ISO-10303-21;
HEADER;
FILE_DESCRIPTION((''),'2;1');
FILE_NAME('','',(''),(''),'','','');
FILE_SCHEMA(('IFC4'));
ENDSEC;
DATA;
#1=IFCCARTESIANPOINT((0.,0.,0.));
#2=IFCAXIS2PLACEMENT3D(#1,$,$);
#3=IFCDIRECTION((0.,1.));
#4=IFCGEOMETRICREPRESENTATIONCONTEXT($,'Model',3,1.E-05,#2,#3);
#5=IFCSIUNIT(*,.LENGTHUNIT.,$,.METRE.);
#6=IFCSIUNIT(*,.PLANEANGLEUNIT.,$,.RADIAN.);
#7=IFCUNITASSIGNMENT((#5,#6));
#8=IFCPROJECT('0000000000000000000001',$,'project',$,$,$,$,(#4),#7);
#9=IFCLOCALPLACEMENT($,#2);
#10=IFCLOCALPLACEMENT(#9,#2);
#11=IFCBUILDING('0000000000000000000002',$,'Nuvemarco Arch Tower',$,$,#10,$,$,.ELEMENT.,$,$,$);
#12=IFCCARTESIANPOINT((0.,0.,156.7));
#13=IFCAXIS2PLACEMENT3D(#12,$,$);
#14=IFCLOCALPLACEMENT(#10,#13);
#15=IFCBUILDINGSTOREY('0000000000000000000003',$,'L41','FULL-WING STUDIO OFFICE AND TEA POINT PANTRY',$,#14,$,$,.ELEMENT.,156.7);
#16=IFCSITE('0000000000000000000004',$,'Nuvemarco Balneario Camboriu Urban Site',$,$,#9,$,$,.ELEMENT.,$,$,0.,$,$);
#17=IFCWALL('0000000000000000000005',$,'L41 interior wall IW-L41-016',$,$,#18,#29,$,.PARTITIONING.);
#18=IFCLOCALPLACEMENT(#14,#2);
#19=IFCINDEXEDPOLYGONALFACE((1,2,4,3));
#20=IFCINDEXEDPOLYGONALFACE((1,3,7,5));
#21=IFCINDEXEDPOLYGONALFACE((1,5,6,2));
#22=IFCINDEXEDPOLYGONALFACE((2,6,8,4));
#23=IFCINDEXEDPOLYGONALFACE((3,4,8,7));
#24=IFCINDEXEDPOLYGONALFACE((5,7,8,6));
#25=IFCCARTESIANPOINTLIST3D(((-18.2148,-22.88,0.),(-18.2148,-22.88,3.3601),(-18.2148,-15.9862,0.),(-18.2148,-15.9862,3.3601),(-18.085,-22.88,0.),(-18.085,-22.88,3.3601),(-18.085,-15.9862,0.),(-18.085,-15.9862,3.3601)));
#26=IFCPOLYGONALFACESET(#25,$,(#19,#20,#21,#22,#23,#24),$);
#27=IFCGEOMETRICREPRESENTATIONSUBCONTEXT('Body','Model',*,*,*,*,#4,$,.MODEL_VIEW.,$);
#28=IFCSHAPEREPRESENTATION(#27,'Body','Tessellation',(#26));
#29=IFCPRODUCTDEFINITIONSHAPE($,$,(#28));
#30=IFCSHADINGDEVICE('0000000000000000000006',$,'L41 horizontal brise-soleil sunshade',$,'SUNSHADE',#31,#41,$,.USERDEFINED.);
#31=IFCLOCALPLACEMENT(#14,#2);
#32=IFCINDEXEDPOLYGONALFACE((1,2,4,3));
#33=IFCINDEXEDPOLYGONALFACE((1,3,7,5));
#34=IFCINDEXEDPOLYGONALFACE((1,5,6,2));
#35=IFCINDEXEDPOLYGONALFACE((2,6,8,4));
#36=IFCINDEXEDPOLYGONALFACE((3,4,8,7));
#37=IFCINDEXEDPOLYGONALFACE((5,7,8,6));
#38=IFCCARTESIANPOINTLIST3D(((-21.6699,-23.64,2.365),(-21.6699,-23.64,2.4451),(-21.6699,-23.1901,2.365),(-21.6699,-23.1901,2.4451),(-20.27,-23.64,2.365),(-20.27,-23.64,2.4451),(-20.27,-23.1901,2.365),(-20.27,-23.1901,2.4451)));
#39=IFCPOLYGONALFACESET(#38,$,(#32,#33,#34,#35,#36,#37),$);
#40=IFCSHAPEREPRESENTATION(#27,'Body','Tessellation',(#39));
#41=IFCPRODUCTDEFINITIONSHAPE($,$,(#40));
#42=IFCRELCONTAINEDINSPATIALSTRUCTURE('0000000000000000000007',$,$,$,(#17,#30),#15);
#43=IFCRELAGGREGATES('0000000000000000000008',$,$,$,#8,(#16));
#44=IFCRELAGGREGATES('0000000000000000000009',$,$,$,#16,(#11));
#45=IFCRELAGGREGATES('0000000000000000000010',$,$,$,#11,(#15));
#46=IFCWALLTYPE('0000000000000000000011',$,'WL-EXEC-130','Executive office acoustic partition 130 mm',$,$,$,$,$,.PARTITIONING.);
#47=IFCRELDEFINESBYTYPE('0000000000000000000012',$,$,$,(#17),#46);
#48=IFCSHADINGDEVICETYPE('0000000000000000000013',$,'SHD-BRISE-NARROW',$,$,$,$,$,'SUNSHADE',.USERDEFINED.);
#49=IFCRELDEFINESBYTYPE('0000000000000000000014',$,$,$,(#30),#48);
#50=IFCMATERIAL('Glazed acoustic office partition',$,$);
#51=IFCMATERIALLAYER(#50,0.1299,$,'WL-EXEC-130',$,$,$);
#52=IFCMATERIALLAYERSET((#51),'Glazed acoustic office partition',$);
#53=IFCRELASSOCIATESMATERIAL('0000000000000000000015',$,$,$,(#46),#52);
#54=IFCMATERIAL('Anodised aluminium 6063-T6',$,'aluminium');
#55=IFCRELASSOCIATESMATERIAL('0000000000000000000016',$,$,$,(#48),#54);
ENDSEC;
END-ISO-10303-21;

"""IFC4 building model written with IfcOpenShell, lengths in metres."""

from ifc_helpers import new_model, si_unit, direction, frame, frame_2d, origin, origin_2d, place, context, subcontext, project, spatial, rectangle, extrude, source, transform, mapped, material, layer, layer_set, type_object, type_shapes, element, save


model = new_model("IFC4")

# Units and contexts
model_context = context("Model", 3, precision=1e-05, world=origin(), true_north=direction((0.0, 1.0)))
body_context = subcontext(model_context, "Body", "Model", "MODEL_VIEW")
ifc_project = project(units=[si_unit("LENGTHUNIT", "METRE"), si_unit("PLANEANGLEUNIT", "RADIAN")], contexts=[model_context])

# Site, building, storey
site_placement = place(None, origin())
site = spatial("IfcSite", under=ifc_project, at=site_placement, Name="Nuvemarco Balneario Camboriu Urban Site", CompositionType="ELEMENT", RefElevation=0.0)
building_placement = place(site_placement, origin())
building = spatial("IfcBuilding", under=site, at=building_placement, Name="Nuvemarco Arch Tower", CompositionType="ELEMENT")
storey_placement = place(building_placement, frame((0.0, 0.0, 156.7)))
storey = spatial("IfcBuildingStorey", under=building, at=storey_placement, Name="L41", Description="FULL-WING STUDIO OFFICE AND TEA POINT PANTRY", CompositionType="ELEMENT", Elevation=156.7)

# Wall
ifc_material_1 = material(Name="Glazed acoustic office partition")
ifc_layer_1 = layer(ifc_material_1, 0.1299, Name="WL-EXEC-130")
ifc_layer_set_1 = layer_set([ifc_layer_1], Name="Glazed acoustic office partition")
wall_type_1 = type_object("IfcWallType", Name="WL-EXEC-130", Description="Executive office acoustic partition 130 mm", PredefinedType="PARTITIONING", material=ifc_layer_set_1)
wall_1_placement = place(storey_placement, frame((-18.1499, -22.8799, 0.0), z_axis=(0.0, 0.0, 1.0), x_axis=(0.0, 1.0, 0.0)))
element("IfcWall", 1, at=wall_1_placement, inside=storey, type_object=wall_type_1, Name="L41 interior wall IW-L41-016", PredefinedType="PARTITIONING", context=body_context, shape_type="SweptSolid", body=[
    extrude(rectangle(XDim=6.8938, YDim=0.1299, at=frame_2d((3.4468, 0.0))), origin(), (0.0, 0.0, 1.0), 3.3601),
])

# Shading device
ifc_material_2 = material(Name="Anodised aluminium 6063-T6", Category="aluminium")
shading_device_type = type_object("IfcShadingDeviceType", Name="SHD-BRISE-NARROW", ElementType="SUNSHADE", PredefinedType="USERDEFINED", material=ifc_material_2)
shared_shape_1 = source(origin(), body_context, "Body", "SweptSolid", [
    extrude(rectangle(XDim=1.3999, YDim=0.45, at=origin_2d()), origin(), (0.0, 0.0, 1.0), 0.0801),
])
type_shapes(shading_device_type, [shared_shape_1])
shading_device_placement = place(storey_placement, frame((-20.97, -23.415, 2.365), z_axis=(0.0, 0.0, 1.0), x_axis=(1.0, 0.0, 0.0)))
element("IfcShadingDevice", 2, at=shading_device_placement, inside=storey, type_object=shading_device_type, Name="L41 horizontal brise-soleil sunshade", ObjectType="SUNSHADE", PredefinedType="USERDEFINED", context=body_context, shape_type="MappedRepresentation", body=[
    mapped(shared_shape_1, transform((0.0, 0.0, 0.0), scale=1.0)),
])

save(model, "model.ifc")
